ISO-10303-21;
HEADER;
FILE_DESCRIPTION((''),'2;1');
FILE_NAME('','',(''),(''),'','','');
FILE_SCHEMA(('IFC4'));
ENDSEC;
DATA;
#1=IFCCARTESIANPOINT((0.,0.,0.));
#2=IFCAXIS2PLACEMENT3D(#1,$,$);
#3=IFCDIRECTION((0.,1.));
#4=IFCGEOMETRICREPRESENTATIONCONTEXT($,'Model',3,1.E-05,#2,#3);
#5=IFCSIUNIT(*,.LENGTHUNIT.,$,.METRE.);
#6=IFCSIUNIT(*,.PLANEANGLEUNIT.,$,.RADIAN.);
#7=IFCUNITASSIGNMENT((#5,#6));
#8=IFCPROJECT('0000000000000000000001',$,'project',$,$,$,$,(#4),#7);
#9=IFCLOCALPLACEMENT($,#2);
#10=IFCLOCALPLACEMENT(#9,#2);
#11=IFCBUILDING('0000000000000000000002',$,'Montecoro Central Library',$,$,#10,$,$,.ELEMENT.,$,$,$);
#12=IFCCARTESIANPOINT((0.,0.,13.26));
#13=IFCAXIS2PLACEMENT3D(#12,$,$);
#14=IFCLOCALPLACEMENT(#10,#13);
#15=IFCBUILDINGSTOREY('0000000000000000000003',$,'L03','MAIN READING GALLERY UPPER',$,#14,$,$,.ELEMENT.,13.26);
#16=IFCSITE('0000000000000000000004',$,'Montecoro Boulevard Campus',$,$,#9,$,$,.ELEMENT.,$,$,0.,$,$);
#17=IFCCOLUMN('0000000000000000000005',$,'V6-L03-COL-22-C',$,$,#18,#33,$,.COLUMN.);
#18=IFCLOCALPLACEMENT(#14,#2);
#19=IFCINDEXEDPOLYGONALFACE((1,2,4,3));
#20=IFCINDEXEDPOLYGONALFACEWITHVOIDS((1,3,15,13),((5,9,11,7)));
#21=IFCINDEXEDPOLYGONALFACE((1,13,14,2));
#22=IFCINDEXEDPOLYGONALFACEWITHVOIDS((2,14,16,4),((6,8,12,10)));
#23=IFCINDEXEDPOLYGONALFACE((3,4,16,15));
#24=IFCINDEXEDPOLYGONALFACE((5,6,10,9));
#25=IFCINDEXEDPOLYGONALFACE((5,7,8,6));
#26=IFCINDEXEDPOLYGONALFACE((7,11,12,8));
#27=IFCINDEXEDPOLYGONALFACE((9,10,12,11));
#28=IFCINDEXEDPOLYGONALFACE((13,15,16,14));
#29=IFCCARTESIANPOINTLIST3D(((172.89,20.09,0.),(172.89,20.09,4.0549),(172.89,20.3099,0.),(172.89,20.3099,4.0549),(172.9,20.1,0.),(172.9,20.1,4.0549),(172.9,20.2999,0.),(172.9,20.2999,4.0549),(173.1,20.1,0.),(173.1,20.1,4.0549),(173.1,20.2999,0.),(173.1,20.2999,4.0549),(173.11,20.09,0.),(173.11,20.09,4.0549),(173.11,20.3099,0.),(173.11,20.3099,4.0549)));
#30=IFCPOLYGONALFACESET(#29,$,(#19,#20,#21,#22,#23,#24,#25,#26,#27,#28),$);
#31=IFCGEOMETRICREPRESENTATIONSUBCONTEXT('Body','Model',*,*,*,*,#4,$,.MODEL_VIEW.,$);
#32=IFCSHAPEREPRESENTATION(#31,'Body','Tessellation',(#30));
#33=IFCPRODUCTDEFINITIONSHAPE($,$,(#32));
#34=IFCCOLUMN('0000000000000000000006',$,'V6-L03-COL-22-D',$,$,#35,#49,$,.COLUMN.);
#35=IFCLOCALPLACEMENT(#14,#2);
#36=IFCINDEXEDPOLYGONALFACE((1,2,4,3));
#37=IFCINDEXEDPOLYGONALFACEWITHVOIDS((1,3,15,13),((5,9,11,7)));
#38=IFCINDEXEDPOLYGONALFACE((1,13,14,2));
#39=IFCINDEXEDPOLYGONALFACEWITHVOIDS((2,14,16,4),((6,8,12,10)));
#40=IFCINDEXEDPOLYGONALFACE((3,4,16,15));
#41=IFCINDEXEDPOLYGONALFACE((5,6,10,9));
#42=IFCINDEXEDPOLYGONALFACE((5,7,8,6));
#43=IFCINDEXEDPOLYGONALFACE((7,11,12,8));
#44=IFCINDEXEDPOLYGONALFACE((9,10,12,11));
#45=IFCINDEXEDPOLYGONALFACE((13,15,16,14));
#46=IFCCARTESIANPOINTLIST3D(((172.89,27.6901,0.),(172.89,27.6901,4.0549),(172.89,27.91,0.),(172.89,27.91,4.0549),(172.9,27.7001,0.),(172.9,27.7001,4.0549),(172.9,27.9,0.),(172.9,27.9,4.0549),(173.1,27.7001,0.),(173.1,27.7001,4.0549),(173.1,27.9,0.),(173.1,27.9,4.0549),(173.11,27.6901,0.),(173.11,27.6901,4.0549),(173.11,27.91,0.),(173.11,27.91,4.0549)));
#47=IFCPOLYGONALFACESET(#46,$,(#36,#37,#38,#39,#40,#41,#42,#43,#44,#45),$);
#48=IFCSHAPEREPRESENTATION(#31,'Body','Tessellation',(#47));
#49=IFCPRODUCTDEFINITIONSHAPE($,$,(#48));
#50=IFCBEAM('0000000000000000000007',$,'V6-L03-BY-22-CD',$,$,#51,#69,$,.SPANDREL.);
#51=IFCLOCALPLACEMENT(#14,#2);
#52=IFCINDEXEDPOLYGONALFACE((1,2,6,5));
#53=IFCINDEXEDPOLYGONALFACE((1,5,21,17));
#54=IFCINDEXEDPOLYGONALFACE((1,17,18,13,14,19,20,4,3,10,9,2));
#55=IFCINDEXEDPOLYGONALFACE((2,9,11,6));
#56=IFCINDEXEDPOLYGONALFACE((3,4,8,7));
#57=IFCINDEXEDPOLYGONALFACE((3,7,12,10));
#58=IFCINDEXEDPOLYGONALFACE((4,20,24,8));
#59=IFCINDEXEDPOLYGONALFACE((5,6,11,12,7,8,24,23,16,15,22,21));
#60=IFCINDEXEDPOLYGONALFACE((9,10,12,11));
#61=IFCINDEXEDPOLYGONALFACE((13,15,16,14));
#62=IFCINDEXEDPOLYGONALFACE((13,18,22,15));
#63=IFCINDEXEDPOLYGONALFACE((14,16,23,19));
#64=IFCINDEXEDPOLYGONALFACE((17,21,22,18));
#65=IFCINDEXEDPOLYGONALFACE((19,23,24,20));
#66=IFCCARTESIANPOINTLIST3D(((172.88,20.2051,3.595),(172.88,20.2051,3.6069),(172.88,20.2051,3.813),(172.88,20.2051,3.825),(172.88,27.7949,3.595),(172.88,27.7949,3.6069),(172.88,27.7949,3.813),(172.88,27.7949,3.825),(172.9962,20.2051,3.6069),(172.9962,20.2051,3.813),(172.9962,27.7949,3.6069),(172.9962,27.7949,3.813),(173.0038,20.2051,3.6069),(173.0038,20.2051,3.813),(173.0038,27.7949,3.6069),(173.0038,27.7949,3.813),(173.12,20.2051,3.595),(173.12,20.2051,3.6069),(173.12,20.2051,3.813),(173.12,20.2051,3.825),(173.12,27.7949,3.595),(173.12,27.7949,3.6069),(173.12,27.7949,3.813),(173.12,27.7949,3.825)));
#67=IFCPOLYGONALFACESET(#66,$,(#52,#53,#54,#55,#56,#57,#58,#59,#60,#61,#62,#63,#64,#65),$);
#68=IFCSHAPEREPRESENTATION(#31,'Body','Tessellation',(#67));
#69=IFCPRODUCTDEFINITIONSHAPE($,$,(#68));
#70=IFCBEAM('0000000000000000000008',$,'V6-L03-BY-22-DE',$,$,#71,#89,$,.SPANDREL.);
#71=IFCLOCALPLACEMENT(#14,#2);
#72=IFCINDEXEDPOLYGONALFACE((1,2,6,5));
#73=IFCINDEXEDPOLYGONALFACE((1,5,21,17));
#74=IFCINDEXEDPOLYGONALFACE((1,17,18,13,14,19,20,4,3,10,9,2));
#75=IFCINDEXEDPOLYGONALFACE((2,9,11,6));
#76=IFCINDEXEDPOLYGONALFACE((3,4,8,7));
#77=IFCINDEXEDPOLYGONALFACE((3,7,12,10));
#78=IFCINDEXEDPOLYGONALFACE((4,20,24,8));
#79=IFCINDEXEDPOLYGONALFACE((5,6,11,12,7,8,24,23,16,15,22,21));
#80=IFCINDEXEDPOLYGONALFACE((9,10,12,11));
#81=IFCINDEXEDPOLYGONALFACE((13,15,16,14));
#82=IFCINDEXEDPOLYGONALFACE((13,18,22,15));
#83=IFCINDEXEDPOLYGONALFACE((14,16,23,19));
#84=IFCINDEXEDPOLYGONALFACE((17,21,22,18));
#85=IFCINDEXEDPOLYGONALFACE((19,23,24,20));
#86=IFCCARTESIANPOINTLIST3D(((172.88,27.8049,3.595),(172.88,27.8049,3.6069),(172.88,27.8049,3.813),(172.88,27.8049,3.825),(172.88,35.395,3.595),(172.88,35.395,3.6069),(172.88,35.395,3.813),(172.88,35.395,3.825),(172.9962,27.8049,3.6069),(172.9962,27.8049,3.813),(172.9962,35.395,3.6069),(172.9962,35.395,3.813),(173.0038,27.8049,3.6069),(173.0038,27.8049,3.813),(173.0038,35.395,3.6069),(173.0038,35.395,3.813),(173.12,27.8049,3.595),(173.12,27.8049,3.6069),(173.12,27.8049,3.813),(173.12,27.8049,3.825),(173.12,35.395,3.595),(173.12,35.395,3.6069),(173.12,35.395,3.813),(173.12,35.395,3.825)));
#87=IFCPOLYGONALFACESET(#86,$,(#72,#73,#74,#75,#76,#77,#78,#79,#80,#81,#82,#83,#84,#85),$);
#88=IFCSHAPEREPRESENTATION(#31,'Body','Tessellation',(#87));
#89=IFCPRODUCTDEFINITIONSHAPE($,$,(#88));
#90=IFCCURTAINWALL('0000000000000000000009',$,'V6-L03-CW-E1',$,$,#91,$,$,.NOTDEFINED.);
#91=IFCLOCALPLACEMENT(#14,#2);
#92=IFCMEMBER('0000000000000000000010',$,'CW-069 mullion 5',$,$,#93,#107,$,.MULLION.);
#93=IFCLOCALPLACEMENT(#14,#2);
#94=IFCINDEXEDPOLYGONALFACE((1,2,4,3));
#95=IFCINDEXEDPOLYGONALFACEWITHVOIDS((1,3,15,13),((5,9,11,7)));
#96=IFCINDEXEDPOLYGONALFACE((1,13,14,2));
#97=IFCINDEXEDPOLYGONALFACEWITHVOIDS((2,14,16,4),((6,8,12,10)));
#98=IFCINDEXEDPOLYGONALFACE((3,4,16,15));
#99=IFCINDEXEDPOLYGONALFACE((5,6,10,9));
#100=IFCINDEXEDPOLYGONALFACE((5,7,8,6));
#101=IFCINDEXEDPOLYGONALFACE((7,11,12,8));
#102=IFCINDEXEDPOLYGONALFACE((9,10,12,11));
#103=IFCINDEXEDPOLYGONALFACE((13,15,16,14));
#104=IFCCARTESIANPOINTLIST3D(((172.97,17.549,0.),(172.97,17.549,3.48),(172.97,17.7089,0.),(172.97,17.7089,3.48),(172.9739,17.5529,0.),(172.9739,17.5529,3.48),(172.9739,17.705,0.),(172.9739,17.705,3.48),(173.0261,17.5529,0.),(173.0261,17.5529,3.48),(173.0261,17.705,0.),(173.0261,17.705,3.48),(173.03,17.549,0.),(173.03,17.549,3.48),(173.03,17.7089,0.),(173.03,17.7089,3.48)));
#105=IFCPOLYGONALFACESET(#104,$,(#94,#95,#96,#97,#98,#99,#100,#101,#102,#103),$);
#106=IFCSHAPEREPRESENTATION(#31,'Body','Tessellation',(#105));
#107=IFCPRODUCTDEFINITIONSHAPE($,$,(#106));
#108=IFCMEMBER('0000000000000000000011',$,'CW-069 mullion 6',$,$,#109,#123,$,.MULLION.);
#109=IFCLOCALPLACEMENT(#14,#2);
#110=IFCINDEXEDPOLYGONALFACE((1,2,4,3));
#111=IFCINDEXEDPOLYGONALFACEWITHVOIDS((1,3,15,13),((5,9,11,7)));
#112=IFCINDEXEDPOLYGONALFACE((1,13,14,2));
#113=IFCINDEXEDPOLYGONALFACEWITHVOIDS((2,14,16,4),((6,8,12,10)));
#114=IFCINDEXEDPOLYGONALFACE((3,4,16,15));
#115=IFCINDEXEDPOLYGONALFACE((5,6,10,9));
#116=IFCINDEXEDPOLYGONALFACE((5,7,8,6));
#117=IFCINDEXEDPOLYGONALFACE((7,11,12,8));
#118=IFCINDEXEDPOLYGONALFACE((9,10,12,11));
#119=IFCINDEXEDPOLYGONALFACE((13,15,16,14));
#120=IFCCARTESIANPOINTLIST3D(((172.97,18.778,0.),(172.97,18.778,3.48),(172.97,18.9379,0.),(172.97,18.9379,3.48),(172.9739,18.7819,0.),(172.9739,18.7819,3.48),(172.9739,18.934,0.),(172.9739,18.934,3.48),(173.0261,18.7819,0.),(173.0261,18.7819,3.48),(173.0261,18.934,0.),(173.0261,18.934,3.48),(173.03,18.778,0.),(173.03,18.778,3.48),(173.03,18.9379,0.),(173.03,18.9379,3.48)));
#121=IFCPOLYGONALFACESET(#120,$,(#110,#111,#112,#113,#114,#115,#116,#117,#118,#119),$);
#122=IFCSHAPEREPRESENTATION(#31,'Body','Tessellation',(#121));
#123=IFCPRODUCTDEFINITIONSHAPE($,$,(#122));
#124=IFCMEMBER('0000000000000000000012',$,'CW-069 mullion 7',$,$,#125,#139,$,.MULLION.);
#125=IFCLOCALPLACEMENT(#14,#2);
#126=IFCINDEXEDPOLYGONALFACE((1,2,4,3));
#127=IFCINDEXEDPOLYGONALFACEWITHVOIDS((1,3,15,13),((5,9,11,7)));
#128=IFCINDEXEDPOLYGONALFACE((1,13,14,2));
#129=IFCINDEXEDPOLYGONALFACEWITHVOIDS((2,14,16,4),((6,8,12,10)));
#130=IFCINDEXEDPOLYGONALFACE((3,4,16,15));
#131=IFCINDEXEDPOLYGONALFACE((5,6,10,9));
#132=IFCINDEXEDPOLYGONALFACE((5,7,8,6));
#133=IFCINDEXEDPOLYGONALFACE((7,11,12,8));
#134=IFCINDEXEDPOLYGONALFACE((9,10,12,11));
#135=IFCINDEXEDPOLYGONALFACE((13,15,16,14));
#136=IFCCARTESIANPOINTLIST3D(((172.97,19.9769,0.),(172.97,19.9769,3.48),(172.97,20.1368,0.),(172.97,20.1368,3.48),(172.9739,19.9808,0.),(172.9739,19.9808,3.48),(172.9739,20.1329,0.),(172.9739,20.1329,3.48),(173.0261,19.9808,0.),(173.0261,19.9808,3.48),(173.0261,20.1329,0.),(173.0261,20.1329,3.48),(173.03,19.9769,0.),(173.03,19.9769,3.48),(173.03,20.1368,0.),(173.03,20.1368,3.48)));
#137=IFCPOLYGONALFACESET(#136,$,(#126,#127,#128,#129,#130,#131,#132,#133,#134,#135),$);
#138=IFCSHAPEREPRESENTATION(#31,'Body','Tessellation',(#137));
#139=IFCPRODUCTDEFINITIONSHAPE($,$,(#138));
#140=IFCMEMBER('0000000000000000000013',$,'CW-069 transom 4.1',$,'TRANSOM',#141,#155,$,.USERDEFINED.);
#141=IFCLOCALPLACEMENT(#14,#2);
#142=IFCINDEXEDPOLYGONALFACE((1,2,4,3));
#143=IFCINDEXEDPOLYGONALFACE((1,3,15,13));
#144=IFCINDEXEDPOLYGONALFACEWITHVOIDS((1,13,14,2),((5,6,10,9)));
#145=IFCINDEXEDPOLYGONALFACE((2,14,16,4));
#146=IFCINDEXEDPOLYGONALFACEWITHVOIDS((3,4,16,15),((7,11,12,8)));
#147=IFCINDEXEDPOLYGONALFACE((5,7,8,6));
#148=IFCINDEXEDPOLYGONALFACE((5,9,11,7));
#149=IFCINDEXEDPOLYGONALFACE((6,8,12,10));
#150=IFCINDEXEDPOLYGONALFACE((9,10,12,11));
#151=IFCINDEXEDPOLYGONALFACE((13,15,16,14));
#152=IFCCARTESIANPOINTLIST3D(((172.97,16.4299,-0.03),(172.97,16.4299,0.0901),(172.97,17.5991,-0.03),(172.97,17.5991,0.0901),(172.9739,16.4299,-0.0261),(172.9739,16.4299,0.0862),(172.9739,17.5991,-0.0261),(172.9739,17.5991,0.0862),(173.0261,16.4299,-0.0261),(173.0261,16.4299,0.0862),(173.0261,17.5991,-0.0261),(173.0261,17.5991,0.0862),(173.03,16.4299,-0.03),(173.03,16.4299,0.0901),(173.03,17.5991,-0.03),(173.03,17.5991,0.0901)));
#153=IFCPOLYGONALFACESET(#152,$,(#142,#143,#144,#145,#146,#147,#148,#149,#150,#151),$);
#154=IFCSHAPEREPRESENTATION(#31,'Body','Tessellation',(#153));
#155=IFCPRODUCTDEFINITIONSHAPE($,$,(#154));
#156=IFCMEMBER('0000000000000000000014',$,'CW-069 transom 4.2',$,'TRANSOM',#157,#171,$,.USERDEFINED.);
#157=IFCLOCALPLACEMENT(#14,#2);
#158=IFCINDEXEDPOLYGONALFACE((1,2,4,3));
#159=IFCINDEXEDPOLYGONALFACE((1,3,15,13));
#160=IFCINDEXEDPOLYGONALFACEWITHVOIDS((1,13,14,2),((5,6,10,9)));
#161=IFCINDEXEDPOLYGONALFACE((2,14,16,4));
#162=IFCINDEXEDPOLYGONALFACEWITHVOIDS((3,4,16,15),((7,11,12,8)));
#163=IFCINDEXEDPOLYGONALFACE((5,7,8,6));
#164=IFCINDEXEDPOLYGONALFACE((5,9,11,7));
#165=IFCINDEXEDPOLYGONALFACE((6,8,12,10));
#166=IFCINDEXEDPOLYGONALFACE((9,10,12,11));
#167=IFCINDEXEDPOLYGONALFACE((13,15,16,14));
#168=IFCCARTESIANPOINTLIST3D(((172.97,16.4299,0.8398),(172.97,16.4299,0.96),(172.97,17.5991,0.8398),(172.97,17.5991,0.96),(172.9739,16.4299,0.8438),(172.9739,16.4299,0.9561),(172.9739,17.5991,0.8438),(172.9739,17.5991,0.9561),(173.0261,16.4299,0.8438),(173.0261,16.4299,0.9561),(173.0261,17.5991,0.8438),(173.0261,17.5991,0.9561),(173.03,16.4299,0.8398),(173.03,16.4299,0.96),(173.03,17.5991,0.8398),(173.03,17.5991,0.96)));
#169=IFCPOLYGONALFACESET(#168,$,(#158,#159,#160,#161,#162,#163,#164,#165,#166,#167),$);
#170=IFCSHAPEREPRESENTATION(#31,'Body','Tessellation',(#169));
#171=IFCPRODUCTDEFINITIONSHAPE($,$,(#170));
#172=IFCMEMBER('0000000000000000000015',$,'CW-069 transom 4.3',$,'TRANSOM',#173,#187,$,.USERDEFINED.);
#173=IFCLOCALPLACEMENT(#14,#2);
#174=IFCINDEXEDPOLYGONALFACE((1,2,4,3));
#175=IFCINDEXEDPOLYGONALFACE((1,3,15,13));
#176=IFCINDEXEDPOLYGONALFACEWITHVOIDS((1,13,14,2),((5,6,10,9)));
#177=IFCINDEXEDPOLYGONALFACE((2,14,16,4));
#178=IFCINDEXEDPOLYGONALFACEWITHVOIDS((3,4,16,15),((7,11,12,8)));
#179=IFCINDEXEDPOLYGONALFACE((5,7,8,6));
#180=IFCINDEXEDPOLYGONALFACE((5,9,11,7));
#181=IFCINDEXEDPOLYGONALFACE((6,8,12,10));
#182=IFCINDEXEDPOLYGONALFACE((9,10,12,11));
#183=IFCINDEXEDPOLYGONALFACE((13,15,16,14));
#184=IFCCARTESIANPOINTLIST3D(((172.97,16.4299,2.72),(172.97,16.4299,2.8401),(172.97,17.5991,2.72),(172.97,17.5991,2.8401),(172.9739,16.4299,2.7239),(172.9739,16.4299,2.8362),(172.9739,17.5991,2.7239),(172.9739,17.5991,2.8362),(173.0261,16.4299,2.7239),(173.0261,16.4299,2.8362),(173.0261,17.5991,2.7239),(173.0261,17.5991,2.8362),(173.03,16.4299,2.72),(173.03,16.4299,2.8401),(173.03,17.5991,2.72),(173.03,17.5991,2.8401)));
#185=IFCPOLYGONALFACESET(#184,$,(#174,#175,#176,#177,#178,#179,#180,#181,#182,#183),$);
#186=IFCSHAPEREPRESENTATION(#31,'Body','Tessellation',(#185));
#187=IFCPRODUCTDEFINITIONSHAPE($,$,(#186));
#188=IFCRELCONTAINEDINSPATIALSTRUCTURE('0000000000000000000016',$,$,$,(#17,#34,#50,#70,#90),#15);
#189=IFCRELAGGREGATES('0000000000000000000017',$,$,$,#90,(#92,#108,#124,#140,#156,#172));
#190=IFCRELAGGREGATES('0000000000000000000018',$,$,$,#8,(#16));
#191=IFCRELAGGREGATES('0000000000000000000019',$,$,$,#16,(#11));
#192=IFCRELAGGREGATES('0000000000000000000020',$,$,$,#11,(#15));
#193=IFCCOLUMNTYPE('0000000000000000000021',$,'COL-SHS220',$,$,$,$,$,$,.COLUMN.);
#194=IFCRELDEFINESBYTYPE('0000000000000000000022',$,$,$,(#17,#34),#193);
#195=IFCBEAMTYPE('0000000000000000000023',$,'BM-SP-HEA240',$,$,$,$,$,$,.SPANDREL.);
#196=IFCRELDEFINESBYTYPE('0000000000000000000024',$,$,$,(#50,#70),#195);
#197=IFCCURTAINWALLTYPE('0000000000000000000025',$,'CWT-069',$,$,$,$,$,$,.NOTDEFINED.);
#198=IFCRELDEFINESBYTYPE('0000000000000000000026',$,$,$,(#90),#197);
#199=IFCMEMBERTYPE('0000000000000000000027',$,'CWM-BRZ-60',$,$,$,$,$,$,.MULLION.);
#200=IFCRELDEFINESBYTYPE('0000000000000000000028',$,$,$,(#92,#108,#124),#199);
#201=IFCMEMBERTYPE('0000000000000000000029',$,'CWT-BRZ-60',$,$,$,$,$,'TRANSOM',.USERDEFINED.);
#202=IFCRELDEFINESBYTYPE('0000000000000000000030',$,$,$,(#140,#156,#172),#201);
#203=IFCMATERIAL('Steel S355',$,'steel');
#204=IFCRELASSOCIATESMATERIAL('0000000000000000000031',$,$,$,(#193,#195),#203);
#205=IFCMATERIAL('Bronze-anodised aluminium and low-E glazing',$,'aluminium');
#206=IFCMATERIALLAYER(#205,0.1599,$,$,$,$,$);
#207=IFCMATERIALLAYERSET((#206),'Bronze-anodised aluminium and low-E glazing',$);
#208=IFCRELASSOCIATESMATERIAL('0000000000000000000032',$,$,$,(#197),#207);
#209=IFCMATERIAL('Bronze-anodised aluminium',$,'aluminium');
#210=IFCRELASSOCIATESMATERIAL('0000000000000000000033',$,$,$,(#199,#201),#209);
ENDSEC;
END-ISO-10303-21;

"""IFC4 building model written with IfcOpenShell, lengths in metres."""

from ifc_helpers import new_model, si_unit, direction, frame, origin, origin_2d, place, context, subcontext, project, spatial, hollow_rectangle, i_section, extrude, material, layer, layer_set, material_profile, profile_set, type_object, element, aggregate, save


model = new_model("IFC4")

# Units and contexts
model_context = context("Model", 3, precision=1e-05, world=origin(), true_north=direction((0.0, 1.0)))
body_context = subcontext(model_context, "Body", "Model", "MODEL_VIEW")
ifc_project = project(units=[si_unit("LENGTHUNIT", "METRE"), si_unit("PLANEANGLEUNIT", "RADIAN")], contexts=[model_context])

# Site, building, storey
site_placement = place(None, origin())
site = spatial("IfcSite", under=ifc_project, at=site_placement, Name="Montecoro Boulevard Campus", CompositionType="ELEMENT", RefElevation=0.0)
building_placement = place(site_placement, origin())
building = spatial("IfcBuilding", under=site, at=building_placement, Name="Montecoro Central Library", CompositionType="ELEMENT")
storey_placement = place(building_placement, frame((0.0, 0.0, 13.26)))
storey = spatial("IfcBuildingStorey", under=building, at=storey_placement, Name="L03", Description="MAIN READING GALLERY UPPER", CompositionType="ELEMENT", Elevation=13.26)

# Columns
ifc_material_1 = material(Name="Steel S355", Category="steel")
ifc_material_profile_1 = material_profile(ifc_material_1, hollow_rectangle(XDim=0.22, YDim=0.22, WallThickness=0.01, at=origin_2d()), Name="SHS 220x220x10.0")
ifc_profile_set_1 = profile_set([ifc_material_profile_1], Name="Steel S355")
column_type = type_object("IfcColumnType", Name="COL-SHS220", PredefinedType="COLUMN", material=ifc_profile_set_1)
for number, where, z_axis, x_axis, name in (
    (1, (173.0, 20.2, 0.0), (0.0, 0.0, 1.0), (1.0, 0.0, 0.0), "V6-L03-COL-22-C"),
    (2, (173.0, 27.8, 0.0), (0.0, 0.0, 1.0), (1.0, 0.0, 0.0), "V6-L03-COL-22-D"),
):
    element("IfcColumn", number, at=place(storey_placement, frame(where, z_axis=z_axis, x_axis=x_axis)), inside=storey, type_object=column_type, Name=name, PredefinedType="COLUMN", context=body_context, shape_type="SweptSolid", body=[
        extrude(hollow_rectangle(XDim=0.22, YDim=0.22, WallThickness=0.01, at=origin_2d()), origin(), (0.0, 0.0, 1.0), 4.0549),
    ])

# Beams
ifc_material_profile_2 = material_profile(ifc_material_1, i_section(OverallWidth=0.24, OverallDepth=0.23, WebThickness=0.0076, FlangeThickness=0.012, at=origin_2d()), Name="HEA 240")
ifc_profile_set_2 = profile_set([ifc_material_profile_2], Name="Steel S355")
beam_type = type_object("IfcBeamType", Name="BM-SP-HEA240", PredefinedType="SPANDREL", material=ifc_profile_set_2)
beam_1_placement = place(storey_placement, frame((173.0, 20.2051, 3.71), z_axis=(0.0, 1.0, 0.0), x_axis=(-1.0, 0.0, 0.0)))
element("IfcBeam", 3, at=beam_1_placement, inside=storey, type_object=beam_type, Name="V6-L03-BY-22-CD", PredefinedType="SPANDREL", context=body_context, shape_type="SweptSolid", body=[
    extrude(i_section(OverallWidth=0.24, OverallDepth=0.23, WebThickness=0.0076, FlangeThickness=0.012, at=origin_2d()), origin(), (0.0, 0.0, 1.0), 7.5898),
])
beam_2_placement = place(storey_placement, frame((173.0, 27.8049, 3.71), z_axis=(0.0, 1.0, 0.0), x_axis=(-1.0, 0.0, 0.0)))
element("IfcBeam", 4, at=beam_2_placement, inside=storey, type_object=beam_type, Name="V6-L03-BY-22-DE", PredefinedType="SPANDREL", context=body_context, shape_type="SweptSolid", body=[
    extrude(i_section(OverallWidth=0.24, OverallDepth=0.23, WebThickness=0.0076, FlangeThickness=0.012, at=origin_2d()), origin(), (0.0, 0.0, 1.0), 7.5901),
])

# Curtain wall, members
ifc_material_2 = material(Name="Bronze-anodised aluminium and low-E glazing", Category="aluminium")
ifc_layer_1 = layer(ifc_material_2, 0.1599)
ifc_layer_set_1 = layer_set([ifc_layer_1], Name="Bronze-anodised aluminium and low-E glazing")
curtain_wall_type = type_object("IfcCurtainWallType", Name="CWT-069", PredefinedType="NOTDEFINED", material=ifc_layer_set_1)
curtain_wall_placement = place(storey_placement, origin())
curtain_wall = element("IfcCurtainWall", 5, at=curtain_wall_placement, inside=storey, type_object=curtain_wall_type, Name="V6-L03-CW-E1", PredefinedType="NOTDEFINED")
ifc_material_3 = material(Name="Bronze-anodised aluminium", Category="aluminium")
ifc_material_profile_3 = material_profile(ifc_material_3, hollow_rectangle(XDim=0.0601, YDim=0.1599, WallThickness=0.0039, at=origin_2d()), Name="CWM 160x60x4.0")
ifc_profile_set_3 = profile_set([ifc_material_profile_3], Name="Bronze-anodised aluminium")
member_type_1 = type_object("IfcMemberType", Name="CWM-BRZ-60", PredefinedType="MULLION", material=ifc_profile_set_3)
member_1_placement = place(storey_placement, frame((173.0, 17.6289, 0.0), z_axis=(0.0, 0.0, 1.0), x_axis=(-1.0, 0.0, 0.0)))
member_1 = element("IfcMember", 6, at=member_1_placement, type_object=member_type_1, Name="CW-069 mullion 5", PredefinedType="MULLION", context=body_context, shape_type="SweptSolid", body=[
    extrude(hollow_rectangle(XDim=0.0601, YDim=0.1599, WallThickness=0.0039, at=origin_2d()), origin(), (0.0, 0.0, 1.0), 3.48),
])
member_2_placement = place(storey_placement, frame((173.0, 18.8579, 0.0), z_axis=(0.0, 0.0, 1.0), x_axis=(-1.0, 0.0, 0.0)))
member_2 = element("IfcMember", 7, at=member_2_placement, type_object=member_type_1, Name="CW-069 mullion 6", PredefinedType="MULLION", context=body_context, shape_type="SweptSolid", body=[
    extrude(hollow_rectangle(XDim=0.0601, YDim=0.1599, WallThickness=0.0039, at=origin_2d()), origin(), (0.0, 0.0, 1.0), 3.48),
])
member_3_placement = place(storey_placement, frame((173.0, 20.0569, 0.0), z_axis=(0.0, 0.0, 1.0), x_axis=(-1.0, 0.0, 0.0)))
member_3 = element("IfcMember", 8, at=member_3_placement, type_object=member_type_1, Name="CW-069 mullion 7", PredefinedType="MULLION", context=body_context, shape_type="SweptSolid", body=[
    extrude(hollow_rectangle(XDim=0.0601, YDim=0.1599, WallThickness=0.0039, at=origin_2d()), origin(), (0.0, 0.0, 1.0), 3.48),
])
ifc_material_profile_4 = material_profile(ifc_material_3, hollow_rectangle(XDim=0.0601, YDim=0.1201, WallThickness=0.0039, at=origin_2d()), Name="CWT 120x60x4.0")
ifc_profile_set_4 = profile_set([ifc_material_profile_4], Name="Bronze-anodised aluminium")
member_type_2 = type_object("IfcMemberType", Name="CWT-BRZ-60", ElementType="TRANSOM", PredefinedType="USERDEFINED", material=ifc_profile_set_4)
member_4_placement = place(storey_placement, frame((173.0, 16.4299, 0.03), z_axis=(0.0, 1.0, 0.0), x_axis=(-1.0, 0.0, 0.0)))
member_4 = element("IfcMember", 9, at=member_4_placement, type_object=member_type_2, Name="CW-069 transom 4.1", ObjectType="TRANSOM", PredefinedType="USERDEFINED", context=body_context, shape_type="SweptSolid", body=[
    extrude(hollow_rectangle(XDim=0.0601, YDim=0.1201, WallThickness=0.0039, at=origin_2d()), origin(), (0.0, 0.0, 1.0), 1.1692),
])
member_5_placement = place(storey_placement, frame((173.0, 16.4299, 0.8999), z_axis=(0.0, 1.0, 0.0), x_axis=(-1.0, 0.0, 0.0)))
member_5 = element("IfcMember", 10, at=member_5_placement, type_object=member_type_2, Name="CW-069 transom 4.2", ObjectType="TRANSOM", PredefinedType="USERDEFINED", context=body_context, shape_type="SweptSolid", body=[
    extrude(hollow_rectangle(XDim=0.0601, YDim=0.1201, WallThickness=0.0039, at=origin_2d()), origin(), (0.0, 0.0, 1.0), 1.1692),
])
member_6_placement = place(storey_placement, frame((173.0, 16.4299, 2.78), z_axis=(0.0, 1.0, 0.0), x_axis=(-1.0, 0.0, 0.0)))
member_6 = element("IfcMember", 11, at=member_6_placement, type_object=member_type_2, Name="CW-069 transom 4.3", ObjectType="TRANSOM", PredefinedType="USERDEFINED", context=body_context, shape_type="SweptSolid", body=[
    extrude(hollow_rectangle(XDim=0.0601, YDim=0.1201, WallThickness=0.0039, at=origin_2d()), origin(), (0.0, 0.0, 1.0), 1.1692),
])
aggregate(curtain_wall, [member_1, member_2, member_3, member_4, member_5, member_6])

save(model, "model.ifc")
